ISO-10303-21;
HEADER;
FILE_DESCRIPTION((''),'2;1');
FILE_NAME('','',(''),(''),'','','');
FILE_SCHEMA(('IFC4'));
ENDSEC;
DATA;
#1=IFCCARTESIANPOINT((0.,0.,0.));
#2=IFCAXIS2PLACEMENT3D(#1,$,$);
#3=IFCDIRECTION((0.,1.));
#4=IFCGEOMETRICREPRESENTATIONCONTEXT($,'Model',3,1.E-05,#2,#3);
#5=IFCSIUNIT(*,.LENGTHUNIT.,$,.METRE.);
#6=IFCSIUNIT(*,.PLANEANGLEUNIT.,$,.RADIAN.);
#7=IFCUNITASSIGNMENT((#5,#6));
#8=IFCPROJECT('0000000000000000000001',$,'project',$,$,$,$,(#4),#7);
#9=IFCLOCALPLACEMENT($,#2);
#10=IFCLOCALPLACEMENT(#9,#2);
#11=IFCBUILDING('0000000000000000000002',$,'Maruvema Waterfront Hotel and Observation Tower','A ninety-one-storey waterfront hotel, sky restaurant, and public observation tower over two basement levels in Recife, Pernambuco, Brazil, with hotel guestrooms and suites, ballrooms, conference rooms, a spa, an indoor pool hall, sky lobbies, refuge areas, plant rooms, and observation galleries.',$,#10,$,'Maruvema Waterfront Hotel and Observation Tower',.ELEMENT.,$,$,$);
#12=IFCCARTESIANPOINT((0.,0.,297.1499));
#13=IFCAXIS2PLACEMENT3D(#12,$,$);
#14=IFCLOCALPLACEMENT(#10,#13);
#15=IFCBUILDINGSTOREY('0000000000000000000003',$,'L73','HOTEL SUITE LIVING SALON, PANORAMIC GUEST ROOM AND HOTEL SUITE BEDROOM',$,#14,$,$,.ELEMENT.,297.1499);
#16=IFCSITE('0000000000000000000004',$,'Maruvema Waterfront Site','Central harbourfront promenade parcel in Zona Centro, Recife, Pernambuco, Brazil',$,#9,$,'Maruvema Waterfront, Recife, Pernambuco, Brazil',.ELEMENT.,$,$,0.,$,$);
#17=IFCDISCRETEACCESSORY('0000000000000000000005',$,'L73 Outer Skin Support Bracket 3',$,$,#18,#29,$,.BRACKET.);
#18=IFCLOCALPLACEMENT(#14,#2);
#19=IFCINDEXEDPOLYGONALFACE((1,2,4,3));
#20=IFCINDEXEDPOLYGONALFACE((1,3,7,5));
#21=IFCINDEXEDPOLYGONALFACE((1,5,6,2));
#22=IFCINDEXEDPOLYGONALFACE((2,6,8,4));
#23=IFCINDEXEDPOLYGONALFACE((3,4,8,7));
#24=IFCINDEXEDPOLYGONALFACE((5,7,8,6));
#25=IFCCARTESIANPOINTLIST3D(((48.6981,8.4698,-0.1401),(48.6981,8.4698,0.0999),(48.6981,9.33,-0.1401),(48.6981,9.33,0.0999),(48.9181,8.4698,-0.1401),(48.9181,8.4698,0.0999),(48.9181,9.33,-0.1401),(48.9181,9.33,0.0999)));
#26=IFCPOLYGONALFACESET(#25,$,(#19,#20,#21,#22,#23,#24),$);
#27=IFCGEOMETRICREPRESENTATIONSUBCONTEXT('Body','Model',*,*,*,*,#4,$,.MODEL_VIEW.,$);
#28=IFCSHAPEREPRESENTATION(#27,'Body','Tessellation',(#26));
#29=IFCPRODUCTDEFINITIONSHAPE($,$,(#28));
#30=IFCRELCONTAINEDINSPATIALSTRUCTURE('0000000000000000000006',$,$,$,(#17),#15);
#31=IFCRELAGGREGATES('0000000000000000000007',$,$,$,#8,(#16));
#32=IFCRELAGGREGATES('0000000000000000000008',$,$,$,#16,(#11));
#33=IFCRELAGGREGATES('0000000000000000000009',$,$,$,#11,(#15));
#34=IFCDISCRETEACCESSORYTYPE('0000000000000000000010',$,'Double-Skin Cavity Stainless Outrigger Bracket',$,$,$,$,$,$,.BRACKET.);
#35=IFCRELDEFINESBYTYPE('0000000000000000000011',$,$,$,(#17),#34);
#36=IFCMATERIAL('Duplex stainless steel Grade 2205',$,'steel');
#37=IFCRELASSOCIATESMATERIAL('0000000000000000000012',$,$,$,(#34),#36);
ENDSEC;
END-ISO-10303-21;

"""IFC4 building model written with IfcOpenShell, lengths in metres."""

from ifc_helpers import new_model, si_unit, direction, frame, origin, origin_2d, place, context, subcontext, project, spatial, rectangle, extrude, material, type_object, element, save


model = new_model("IFC4")

# Units and contexts
model_context = context("Model", 3, precision=1e-05, world=origin(), true_north=direction((0.0, 1.0)))
body_context = subcontext(model_context, "Body", "Model", "MODEL_VIEW")
ifc_project = project(units=[si_unit("LENGTHUNIT", "METRE"), si_unit("PLANEANGLEUNIT", "RADIAN")], contexts=[model_context])

# Site, building, storey
site_placement = place(None, origin())
site = spatial("IfcSite", under=ifc_project, at=site_placement, Name="Maruvema Waterfront Site", Description="Central harbourfront promenade parcel in Zona Centro, Recife, Pernambuco, Brazil", LongName="Maruvema Waterfront, Recife, Pernambuco, Brazil", CompositionType="ELEMENT", RefElevation=0.0)
building_placement = place(site_placement, origin())
building = spatial("IfcBuilding", under=site, at=building_placement, Name="Maruvema Waterfront Hotel and Observation Tower", Description="A ninety-one-storey waterfront hotel, sky restaurant, and public observation tower over two basement levels in Recife, Pernambuco, Brazil, with hotel guestrooms and suites, ballrooms, conference rooms, a spa, an indoor pool hall, sky lobbies, refuge areas, plant rooms, and observation galleries.", LongName="Maruvema Waterfront Hotel and Observation Tower", CompositionType="ELEMENT")
storey_placement = place(building_placement, frame((0.0, 0.0, 297.1499)))
storey = spatial("IfcBuildingStorey", under=building, at=storey_placement, Name="L73", Description="HOTEL SUITE LIVING SALON, PANORAMIC GUEST ROOM AND HOTEL SUITE BEDROOM", CompositionType="ELEMENT", Elevation=297.1499)

# Discrete accessory
ifc_material_1 = material(Name="Duplex stainless steel Grade 2205", Category="steel")
discrete_accessory_type = type_object("IfcDiscreteAccessoryType", Name="Double-Skin Cavity Stainless Outrigger Bracket", PredefinedType="BRACKET", material=ifc_material_1)
discrete_accessory_placement = place(storey_placement, frame((48.8081, 8.8999, -0.1401), z_axis=(0.0, 0.0, 1.0), x_axis=(1.0, 0.0, 0.0)))
element("IfcDiscreteAccessory", 1, at=discrete_accessory_placement, inside=storey, type_object=discrete_accessory_type, Name="L73 Outer Skin Support Bracket 3", PredefinedType="BRACKET", context=body_context, shape_type="SweptSolid", body=[
    extrude(rectangle(XDim=0.22, YDim=0.8601, at=origin_2d()), origin(), (0.0, 0.0, 1.0), 0.24),
])

save(model, "model.ifc")
